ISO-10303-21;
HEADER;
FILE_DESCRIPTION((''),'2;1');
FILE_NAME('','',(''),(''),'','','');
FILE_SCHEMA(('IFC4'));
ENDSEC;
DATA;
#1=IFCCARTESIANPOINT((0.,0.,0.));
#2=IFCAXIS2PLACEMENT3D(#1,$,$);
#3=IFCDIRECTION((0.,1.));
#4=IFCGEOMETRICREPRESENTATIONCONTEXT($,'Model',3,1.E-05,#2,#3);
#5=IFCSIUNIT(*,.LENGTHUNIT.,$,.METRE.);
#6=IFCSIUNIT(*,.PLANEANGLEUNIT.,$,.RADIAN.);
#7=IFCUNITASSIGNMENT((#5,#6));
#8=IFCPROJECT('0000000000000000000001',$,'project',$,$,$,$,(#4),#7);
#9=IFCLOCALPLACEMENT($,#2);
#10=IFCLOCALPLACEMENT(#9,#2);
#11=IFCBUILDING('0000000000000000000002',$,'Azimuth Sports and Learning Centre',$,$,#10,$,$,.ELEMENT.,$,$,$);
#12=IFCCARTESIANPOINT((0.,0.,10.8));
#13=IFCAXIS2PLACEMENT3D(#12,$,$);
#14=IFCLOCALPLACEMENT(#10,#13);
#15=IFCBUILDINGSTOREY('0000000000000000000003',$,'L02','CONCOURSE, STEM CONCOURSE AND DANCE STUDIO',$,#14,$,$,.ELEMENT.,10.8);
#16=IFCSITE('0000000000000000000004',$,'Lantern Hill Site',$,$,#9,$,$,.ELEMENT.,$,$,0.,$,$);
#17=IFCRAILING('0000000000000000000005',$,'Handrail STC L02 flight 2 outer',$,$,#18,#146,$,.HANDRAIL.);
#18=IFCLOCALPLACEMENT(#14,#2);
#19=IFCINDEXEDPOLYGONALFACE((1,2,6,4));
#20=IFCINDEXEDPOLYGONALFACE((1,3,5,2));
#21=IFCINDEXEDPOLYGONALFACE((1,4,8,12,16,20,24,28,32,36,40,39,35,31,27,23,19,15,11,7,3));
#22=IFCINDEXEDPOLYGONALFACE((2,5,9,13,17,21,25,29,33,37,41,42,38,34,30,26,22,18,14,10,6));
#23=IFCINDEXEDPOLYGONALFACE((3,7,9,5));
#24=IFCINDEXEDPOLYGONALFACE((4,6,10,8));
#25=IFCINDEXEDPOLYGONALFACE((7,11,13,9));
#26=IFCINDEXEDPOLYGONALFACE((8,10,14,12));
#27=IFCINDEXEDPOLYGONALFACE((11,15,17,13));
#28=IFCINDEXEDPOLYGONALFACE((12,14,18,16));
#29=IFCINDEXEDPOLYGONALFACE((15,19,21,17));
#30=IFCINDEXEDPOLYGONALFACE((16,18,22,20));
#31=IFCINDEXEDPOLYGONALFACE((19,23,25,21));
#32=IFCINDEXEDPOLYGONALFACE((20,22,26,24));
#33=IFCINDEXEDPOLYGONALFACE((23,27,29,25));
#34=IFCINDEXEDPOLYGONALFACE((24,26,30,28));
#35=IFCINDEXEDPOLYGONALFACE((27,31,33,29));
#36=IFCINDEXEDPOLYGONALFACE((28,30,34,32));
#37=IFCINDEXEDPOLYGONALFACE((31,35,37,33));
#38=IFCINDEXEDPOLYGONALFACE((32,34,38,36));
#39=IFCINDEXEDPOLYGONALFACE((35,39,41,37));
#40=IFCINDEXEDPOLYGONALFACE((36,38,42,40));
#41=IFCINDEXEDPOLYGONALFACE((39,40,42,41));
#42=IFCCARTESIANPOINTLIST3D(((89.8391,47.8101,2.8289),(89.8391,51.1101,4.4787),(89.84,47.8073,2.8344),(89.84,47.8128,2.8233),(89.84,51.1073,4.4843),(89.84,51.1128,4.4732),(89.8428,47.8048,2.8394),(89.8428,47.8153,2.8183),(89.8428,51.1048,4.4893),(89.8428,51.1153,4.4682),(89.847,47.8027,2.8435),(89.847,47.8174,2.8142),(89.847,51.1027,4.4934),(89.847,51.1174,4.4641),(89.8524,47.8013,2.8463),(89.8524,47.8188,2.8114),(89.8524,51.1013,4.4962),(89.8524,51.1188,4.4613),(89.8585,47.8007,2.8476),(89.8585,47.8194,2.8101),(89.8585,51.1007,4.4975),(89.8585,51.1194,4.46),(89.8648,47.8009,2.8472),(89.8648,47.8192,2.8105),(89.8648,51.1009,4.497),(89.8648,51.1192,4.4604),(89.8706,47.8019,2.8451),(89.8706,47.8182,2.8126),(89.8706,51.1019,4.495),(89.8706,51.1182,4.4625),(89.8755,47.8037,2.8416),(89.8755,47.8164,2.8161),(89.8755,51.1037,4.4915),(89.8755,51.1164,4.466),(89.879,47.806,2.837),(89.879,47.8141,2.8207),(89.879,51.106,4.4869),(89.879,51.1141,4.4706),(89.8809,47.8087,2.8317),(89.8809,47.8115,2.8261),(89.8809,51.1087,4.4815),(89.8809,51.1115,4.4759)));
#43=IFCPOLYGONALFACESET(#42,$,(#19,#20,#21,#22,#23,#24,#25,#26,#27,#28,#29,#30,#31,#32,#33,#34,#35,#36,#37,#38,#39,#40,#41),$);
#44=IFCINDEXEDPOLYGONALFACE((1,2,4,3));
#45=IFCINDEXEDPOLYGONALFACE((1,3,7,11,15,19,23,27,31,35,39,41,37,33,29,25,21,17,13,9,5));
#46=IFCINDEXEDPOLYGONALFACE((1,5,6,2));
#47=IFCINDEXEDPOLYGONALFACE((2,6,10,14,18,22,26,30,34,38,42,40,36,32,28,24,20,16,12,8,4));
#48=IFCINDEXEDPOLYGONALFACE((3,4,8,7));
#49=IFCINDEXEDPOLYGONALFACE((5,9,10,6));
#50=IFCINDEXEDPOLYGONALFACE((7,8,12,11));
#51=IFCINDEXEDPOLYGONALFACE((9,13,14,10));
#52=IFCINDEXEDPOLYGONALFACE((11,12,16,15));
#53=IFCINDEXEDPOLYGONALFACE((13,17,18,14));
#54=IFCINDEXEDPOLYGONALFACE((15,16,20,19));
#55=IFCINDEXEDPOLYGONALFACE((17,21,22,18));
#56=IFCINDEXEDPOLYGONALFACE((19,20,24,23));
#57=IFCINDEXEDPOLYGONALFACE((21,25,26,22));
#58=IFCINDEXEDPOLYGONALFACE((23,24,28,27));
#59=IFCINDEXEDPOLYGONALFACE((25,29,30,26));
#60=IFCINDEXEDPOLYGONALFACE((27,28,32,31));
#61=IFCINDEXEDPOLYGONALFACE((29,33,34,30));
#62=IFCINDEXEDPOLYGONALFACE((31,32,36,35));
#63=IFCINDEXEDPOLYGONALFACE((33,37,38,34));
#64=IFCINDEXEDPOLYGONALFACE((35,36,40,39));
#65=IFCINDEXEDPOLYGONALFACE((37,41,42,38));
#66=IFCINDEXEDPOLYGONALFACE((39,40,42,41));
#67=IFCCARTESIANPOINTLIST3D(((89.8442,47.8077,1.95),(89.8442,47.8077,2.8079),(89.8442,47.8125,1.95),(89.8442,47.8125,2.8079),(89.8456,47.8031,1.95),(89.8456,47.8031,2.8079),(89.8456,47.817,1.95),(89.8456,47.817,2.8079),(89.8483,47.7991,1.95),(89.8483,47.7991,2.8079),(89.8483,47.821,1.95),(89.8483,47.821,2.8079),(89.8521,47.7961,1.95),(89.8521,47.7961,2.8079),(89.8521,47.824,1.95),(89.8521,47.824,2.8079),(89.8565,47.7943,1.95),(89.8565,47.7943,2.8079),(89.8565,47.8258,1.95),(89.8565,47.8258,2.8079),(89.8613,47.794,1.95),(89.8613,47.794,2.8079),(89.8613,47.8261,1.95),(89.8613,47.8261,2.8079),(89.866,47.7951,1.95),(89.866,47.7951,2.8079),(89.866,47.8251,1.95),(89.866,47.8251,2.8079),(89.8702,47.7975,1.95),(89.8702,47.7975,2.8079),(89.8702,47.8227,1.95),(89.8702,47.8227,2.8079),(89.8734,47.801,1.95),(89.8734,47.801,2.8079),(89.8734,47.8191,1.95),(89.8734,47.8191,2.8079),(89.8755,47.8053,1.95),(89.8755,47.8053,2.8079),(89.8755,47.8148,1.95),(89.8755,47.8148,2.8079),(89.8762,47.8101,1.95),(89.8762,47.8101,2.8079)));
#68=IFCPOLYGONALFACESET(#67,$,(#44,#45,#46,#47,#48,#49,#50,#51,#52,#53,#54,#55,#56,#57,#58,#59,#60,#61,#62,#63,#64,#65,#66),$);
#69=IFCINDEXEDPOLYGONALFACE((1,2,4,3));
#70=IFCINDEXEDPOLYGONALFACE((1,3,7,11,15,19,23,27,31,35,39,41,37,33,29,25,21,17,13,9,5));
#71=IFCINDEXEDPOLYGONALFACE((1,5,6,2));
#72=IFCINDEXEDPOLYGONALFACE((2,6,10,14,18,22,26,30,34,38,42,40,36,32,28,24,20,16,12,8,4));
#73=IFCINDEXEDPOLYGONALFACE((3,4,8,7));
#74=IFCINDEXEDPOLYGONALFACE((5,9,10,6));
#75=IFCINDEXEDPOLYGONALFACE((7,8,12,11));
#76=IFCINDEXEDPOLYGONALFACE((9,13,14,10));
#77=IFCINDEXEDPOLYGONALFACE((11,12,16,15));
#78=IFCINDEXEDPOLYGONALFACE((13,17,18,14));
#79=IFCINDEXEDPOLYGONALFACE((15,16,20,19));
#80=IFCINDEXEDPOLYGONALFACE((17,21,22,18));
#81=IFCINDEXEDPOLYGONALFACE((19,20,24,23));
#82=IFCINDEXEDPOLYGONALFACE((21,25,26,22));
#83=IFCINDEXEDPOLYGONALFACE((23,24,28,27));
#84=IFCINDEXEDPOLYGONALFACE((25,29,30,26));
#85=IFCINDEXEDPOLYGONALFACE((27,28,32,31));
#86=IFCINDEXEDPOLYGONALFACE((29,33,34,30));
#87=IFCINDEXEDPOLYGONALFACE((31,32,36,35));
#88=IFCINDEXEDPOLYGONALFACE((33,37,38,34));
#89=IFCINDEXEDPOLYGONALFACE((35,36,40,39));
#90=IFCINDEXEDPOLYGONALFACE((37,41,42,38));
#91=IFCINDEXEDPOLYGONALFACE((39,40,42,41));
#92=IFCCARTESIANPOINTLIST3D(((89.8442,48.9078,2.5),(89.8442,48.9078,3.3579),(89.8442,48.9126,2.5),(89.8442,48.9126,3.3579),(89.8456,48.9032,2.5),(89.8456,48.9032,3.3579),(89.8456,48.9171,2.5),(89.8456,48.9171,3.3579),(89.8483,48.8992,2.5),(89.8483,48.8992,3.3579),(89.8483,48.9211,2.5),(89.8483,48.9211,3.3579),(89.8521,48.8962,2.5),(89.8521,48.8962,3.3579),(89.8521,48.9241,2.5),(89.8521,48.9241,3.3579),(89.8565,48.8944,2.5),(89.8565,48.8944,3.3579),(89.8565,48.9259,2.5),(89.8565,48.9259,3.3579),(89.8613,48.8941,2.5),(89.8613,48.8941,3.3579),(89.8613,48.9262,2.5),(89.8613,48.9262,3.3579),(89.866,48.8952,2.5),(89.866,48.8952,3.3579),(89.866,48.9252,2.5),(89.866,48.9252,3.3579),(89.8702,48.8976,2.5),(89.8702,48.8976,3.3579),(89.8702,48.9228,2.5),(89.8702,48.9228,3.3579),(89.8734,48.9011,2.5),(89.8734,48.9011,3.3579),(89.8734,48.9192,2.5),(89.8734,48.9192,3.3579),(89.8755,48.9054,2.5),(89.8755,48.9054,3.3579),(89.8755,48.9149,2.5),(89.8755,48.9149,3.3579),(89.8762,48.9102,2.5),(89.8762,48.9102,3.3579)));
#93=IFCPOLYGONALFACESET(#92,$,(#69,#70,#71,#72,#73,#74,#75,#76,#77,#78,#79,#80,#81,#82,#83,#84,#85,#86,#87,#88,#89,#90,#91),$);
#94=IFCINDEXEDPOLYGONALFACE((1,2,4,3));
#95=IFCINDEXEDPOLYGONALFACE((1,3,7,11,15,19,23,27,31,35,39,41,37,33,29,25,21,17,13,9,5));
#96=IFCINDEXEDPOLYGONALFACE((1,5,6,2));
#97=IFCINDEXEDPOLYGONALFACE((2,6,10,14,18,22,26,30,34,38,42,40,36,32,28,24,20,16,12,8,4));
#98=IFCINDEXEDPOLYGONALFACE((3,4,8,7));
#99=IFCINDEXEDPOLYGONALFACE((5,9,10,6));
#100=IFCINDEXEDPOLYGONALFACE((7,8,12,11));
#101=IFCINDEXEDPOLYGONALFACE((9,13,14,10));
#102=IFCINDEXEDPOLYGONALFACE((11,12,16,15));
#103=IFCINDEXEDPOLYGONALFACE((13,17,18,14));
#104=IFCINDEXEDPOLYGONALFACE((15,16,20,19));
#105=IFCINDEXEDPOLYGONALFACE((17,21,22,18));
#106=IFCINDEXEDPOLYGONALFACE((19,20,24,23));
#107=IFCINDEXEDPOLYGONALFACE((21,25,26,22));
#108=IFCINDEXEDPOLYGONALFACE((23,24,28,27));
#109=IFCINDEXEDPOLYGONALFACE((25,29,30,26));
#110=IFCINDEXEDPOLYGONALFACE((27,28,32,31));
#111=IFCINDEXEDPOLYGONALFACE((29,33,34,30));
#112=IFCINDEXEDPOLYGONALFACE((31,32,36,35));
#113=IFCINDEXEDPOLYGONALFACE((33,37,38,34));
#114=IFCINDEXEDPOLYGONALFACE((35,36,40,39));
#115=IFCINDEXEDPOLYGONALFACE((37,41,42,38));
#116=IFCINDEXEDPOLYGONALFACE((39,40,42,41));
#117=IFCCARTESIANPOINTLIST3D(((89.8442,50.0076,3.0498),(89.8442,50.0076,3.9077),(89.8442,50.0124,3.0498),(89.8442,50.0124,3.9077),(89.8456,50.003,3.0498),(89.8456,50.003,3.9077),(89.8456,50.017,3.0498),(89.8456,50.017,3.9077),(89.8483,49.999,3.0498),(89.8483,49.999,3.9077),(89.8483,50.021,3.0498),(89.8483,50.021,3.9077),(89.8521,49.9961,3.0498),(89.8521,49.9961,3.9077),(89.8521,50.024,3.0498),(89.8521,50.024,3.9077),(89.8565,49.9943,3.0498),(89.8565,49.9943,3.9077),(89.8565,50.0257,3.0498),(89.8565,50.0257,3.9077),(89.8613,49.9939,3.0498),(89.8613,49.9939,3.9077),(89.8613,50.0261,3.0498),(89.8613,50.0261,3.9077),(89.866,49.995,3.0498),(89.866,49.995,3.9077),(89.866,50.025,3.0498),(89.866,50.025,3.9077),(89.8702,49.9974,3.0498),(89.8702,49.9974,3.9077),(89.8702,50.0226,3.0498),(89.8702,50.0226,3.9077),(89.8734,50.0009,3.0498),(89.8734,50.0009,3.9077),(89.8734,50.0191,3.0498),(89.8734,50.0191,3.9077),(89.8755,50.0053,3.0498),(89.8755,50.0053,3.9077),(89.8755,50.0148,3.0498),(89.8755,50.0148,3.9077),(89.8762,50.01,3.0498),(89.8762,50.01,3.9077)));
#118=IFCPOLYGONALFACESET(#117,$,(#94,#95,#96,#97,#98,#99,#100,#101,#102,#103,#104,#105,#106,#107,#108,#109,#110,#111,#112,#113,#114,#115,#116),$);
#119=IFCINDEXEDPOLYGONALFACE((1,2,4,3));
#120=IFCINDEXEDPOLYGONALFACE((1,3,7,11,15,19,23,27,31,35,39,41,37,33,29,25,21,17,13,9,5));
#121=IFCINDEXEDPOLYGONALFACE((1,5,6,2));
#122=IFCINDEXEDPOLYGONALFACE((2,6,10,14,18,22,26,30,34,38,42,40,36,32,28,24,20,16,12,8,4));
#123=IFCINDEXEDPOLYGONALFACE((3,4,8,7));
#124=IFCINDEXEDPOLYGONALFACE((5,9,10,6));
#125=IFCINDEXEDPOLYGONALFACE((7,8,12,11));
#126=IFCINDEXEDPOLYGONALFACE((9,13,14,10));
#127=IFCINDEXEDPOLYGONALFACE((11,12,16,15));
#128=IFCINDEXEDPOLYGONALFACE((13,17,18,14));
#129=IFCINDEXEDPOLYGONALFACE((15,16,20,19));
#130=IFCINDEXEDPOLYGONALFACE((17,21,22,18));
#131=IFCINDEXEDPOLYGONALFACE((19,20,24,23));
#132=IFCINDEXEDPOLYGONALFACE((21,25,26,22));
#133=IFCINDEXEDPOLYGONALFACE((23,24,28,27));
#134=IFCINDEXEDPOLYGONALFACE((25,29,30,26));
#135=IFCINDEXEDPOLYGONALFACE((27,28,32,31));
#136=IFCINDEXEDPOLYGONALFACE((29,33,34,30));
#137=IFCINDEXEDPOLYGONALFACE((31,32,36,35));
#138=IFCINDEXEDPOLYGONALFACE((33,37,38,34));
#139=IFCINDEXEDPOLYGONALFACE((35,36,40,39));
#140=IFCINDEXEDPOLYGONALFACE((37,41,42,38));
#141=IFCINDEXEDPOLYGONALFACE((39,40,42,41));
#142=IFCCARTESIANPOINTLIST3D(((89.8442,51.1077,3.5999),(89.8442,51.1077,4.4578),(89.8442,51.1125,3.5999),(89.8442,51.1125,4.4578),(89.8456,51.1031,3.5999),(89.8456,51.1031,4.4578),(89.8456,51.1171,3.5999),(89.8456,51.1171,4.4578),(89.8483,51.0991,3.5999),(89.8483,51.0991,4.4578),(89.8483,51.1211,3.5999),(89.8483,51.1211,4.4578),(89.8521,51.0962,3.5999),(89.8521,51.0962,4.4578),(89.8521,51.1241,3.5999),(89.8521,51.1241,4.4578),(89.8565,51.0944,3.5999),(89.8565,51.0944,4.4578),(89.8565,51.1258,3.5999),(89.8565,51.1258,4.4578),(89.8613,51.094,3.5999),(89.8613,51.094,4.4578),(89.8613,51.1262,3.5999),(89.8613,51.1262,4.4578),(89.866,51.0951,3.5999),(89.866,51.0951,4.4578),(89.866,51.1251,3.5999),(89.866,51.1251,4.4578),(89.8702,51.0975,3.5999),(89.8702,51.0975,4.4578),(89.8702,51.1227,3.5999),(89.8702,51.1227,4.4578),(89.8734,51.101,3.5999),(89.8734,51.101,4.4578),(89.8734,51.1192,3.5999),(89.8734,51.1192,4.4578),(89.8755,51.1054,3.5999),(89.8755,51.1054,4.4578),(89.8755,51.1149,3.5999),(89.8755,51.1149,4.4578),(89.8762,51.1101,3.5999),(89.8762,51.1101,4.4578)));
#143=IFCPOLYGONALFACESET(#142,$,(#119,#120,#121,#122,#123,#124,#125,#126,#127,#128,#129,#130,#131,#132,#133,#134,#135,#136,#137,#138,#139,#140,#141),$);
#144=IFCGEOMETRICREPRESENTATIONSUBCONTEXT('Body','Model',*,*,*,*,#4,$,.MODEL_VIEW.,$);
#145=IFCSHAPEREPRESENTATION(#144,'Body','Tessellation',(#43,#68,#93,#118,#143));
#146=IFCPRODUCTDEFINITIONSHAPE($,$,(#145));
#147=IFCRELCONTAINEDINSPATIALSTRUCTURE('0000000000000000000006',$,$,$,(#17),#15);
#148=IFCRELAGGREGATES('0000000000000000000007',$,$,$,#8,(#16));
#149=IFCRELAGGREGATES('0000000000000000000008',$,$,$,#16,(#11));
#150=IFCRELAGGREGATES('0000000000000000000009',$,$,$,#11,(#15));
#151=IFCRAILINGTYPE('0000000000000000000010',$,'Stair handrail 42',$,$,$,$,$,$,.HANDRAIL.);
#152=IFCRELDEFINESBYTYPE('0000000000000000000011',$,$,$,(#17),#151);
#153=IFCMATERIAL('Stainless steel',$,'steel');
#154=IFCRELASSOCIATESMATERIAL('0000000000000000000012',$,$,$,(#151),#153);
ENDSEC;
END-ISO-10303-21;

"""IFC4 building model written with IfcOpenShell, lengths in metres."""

from ifc_helpers import new_model, si_unit, direction, frame, origin, origin_2d, place, context, subcontext, project, spatial, circle, extrude, material, type_object, element, save


model = new_model("IFC4")

# Units and contexts
model_context = context("Model", 3, precision=1e-05, world=origin(), true_north=direction((0.0, 1.0)))
body_context = subcontext(model_context, "Body", "Model", "MODEL_VIEW")
ifc_project = project(units=[si_unit("LENGTHUNIT", "METRE"), si_unit("PLANEANGLEUNIT", "RADIAN")], contexts=[model_context])

# Site, building, storey
site_placement = place(None, origin())
site = spatial("IfcSite", under=ifc_project, at=site_placement, Name="Lantern Hill Site", CompositionType="ELEMENT", RefElevation=0.0)
building_placement = place(site_placement, origin())
building = spatial("IfcBuilding", under=site, at=building_placement, Name="Azimuth Sports and Learning Centre", CompositionType="ELEMENT")
storey_placement = place(building_placement, frame((0.0, 0.0, 10.8)))
storey = spatial("IfcBuildingStorey", under=building, at=storey_placement, Name="L02", Description="CONCOURSE, STEM CONCOURSE AND DANCE STUDIO", CompositionType="ELEMENT", Elevation=10.8)

# Railing
ifc_material_1 = material(Name="Stainless steel", Category="steel")
railing_type = type_object("IfcRailingType", Name="Stair handrail 42", PredefinedType="HANDRAIL", material=ifc_material_1)
for number, where, name in (
    (1, (89.8601, 47.8101, 1.95), "Handrail STC L02 flight 2 outer"),
):
    element("IfcRailing", number, at=place(storey_placement, frame(where)), inside=storey, type_object=railing_type, Name=name, PredefinedType="HANDRAIL", context=body_context, shape_type="SweptSolid", body=[
        extrude(circle(Radius=0.021, at=origin_2d()), frame((0.0, 0.0, 0.8789), z_axis=(0.0, 0.89444, 0.447187), x_axis=(-1.0, 0.0, 0.0)), (0.0, 0.0, 1.0), 3.6895),
        extrude(circle(Radius=0.0161, at=origin_2d()), origin(), (0.0, 0.0, 1.0), 0.8579),
        extrude(circle(Radius=0.0161, at=origin_2d()), frame((0.0, 1.1001, 0.55)), (0.0, 0.0, 1.0), 0.8579),
        extrude(circle(Radius=0.0161, at=origin_2d()), frame((0.0, 2.2, 1.0999)), (0.0, 0.0, 1.0), 0.8579),
        extrude(circle(Radius=0.0161, at=origin_2d()), frame((0.0, 3.3, 1.6499)), (0.0, 0.0, 1.0), 0.8579),
    ])

save(model, "model.ifc")
